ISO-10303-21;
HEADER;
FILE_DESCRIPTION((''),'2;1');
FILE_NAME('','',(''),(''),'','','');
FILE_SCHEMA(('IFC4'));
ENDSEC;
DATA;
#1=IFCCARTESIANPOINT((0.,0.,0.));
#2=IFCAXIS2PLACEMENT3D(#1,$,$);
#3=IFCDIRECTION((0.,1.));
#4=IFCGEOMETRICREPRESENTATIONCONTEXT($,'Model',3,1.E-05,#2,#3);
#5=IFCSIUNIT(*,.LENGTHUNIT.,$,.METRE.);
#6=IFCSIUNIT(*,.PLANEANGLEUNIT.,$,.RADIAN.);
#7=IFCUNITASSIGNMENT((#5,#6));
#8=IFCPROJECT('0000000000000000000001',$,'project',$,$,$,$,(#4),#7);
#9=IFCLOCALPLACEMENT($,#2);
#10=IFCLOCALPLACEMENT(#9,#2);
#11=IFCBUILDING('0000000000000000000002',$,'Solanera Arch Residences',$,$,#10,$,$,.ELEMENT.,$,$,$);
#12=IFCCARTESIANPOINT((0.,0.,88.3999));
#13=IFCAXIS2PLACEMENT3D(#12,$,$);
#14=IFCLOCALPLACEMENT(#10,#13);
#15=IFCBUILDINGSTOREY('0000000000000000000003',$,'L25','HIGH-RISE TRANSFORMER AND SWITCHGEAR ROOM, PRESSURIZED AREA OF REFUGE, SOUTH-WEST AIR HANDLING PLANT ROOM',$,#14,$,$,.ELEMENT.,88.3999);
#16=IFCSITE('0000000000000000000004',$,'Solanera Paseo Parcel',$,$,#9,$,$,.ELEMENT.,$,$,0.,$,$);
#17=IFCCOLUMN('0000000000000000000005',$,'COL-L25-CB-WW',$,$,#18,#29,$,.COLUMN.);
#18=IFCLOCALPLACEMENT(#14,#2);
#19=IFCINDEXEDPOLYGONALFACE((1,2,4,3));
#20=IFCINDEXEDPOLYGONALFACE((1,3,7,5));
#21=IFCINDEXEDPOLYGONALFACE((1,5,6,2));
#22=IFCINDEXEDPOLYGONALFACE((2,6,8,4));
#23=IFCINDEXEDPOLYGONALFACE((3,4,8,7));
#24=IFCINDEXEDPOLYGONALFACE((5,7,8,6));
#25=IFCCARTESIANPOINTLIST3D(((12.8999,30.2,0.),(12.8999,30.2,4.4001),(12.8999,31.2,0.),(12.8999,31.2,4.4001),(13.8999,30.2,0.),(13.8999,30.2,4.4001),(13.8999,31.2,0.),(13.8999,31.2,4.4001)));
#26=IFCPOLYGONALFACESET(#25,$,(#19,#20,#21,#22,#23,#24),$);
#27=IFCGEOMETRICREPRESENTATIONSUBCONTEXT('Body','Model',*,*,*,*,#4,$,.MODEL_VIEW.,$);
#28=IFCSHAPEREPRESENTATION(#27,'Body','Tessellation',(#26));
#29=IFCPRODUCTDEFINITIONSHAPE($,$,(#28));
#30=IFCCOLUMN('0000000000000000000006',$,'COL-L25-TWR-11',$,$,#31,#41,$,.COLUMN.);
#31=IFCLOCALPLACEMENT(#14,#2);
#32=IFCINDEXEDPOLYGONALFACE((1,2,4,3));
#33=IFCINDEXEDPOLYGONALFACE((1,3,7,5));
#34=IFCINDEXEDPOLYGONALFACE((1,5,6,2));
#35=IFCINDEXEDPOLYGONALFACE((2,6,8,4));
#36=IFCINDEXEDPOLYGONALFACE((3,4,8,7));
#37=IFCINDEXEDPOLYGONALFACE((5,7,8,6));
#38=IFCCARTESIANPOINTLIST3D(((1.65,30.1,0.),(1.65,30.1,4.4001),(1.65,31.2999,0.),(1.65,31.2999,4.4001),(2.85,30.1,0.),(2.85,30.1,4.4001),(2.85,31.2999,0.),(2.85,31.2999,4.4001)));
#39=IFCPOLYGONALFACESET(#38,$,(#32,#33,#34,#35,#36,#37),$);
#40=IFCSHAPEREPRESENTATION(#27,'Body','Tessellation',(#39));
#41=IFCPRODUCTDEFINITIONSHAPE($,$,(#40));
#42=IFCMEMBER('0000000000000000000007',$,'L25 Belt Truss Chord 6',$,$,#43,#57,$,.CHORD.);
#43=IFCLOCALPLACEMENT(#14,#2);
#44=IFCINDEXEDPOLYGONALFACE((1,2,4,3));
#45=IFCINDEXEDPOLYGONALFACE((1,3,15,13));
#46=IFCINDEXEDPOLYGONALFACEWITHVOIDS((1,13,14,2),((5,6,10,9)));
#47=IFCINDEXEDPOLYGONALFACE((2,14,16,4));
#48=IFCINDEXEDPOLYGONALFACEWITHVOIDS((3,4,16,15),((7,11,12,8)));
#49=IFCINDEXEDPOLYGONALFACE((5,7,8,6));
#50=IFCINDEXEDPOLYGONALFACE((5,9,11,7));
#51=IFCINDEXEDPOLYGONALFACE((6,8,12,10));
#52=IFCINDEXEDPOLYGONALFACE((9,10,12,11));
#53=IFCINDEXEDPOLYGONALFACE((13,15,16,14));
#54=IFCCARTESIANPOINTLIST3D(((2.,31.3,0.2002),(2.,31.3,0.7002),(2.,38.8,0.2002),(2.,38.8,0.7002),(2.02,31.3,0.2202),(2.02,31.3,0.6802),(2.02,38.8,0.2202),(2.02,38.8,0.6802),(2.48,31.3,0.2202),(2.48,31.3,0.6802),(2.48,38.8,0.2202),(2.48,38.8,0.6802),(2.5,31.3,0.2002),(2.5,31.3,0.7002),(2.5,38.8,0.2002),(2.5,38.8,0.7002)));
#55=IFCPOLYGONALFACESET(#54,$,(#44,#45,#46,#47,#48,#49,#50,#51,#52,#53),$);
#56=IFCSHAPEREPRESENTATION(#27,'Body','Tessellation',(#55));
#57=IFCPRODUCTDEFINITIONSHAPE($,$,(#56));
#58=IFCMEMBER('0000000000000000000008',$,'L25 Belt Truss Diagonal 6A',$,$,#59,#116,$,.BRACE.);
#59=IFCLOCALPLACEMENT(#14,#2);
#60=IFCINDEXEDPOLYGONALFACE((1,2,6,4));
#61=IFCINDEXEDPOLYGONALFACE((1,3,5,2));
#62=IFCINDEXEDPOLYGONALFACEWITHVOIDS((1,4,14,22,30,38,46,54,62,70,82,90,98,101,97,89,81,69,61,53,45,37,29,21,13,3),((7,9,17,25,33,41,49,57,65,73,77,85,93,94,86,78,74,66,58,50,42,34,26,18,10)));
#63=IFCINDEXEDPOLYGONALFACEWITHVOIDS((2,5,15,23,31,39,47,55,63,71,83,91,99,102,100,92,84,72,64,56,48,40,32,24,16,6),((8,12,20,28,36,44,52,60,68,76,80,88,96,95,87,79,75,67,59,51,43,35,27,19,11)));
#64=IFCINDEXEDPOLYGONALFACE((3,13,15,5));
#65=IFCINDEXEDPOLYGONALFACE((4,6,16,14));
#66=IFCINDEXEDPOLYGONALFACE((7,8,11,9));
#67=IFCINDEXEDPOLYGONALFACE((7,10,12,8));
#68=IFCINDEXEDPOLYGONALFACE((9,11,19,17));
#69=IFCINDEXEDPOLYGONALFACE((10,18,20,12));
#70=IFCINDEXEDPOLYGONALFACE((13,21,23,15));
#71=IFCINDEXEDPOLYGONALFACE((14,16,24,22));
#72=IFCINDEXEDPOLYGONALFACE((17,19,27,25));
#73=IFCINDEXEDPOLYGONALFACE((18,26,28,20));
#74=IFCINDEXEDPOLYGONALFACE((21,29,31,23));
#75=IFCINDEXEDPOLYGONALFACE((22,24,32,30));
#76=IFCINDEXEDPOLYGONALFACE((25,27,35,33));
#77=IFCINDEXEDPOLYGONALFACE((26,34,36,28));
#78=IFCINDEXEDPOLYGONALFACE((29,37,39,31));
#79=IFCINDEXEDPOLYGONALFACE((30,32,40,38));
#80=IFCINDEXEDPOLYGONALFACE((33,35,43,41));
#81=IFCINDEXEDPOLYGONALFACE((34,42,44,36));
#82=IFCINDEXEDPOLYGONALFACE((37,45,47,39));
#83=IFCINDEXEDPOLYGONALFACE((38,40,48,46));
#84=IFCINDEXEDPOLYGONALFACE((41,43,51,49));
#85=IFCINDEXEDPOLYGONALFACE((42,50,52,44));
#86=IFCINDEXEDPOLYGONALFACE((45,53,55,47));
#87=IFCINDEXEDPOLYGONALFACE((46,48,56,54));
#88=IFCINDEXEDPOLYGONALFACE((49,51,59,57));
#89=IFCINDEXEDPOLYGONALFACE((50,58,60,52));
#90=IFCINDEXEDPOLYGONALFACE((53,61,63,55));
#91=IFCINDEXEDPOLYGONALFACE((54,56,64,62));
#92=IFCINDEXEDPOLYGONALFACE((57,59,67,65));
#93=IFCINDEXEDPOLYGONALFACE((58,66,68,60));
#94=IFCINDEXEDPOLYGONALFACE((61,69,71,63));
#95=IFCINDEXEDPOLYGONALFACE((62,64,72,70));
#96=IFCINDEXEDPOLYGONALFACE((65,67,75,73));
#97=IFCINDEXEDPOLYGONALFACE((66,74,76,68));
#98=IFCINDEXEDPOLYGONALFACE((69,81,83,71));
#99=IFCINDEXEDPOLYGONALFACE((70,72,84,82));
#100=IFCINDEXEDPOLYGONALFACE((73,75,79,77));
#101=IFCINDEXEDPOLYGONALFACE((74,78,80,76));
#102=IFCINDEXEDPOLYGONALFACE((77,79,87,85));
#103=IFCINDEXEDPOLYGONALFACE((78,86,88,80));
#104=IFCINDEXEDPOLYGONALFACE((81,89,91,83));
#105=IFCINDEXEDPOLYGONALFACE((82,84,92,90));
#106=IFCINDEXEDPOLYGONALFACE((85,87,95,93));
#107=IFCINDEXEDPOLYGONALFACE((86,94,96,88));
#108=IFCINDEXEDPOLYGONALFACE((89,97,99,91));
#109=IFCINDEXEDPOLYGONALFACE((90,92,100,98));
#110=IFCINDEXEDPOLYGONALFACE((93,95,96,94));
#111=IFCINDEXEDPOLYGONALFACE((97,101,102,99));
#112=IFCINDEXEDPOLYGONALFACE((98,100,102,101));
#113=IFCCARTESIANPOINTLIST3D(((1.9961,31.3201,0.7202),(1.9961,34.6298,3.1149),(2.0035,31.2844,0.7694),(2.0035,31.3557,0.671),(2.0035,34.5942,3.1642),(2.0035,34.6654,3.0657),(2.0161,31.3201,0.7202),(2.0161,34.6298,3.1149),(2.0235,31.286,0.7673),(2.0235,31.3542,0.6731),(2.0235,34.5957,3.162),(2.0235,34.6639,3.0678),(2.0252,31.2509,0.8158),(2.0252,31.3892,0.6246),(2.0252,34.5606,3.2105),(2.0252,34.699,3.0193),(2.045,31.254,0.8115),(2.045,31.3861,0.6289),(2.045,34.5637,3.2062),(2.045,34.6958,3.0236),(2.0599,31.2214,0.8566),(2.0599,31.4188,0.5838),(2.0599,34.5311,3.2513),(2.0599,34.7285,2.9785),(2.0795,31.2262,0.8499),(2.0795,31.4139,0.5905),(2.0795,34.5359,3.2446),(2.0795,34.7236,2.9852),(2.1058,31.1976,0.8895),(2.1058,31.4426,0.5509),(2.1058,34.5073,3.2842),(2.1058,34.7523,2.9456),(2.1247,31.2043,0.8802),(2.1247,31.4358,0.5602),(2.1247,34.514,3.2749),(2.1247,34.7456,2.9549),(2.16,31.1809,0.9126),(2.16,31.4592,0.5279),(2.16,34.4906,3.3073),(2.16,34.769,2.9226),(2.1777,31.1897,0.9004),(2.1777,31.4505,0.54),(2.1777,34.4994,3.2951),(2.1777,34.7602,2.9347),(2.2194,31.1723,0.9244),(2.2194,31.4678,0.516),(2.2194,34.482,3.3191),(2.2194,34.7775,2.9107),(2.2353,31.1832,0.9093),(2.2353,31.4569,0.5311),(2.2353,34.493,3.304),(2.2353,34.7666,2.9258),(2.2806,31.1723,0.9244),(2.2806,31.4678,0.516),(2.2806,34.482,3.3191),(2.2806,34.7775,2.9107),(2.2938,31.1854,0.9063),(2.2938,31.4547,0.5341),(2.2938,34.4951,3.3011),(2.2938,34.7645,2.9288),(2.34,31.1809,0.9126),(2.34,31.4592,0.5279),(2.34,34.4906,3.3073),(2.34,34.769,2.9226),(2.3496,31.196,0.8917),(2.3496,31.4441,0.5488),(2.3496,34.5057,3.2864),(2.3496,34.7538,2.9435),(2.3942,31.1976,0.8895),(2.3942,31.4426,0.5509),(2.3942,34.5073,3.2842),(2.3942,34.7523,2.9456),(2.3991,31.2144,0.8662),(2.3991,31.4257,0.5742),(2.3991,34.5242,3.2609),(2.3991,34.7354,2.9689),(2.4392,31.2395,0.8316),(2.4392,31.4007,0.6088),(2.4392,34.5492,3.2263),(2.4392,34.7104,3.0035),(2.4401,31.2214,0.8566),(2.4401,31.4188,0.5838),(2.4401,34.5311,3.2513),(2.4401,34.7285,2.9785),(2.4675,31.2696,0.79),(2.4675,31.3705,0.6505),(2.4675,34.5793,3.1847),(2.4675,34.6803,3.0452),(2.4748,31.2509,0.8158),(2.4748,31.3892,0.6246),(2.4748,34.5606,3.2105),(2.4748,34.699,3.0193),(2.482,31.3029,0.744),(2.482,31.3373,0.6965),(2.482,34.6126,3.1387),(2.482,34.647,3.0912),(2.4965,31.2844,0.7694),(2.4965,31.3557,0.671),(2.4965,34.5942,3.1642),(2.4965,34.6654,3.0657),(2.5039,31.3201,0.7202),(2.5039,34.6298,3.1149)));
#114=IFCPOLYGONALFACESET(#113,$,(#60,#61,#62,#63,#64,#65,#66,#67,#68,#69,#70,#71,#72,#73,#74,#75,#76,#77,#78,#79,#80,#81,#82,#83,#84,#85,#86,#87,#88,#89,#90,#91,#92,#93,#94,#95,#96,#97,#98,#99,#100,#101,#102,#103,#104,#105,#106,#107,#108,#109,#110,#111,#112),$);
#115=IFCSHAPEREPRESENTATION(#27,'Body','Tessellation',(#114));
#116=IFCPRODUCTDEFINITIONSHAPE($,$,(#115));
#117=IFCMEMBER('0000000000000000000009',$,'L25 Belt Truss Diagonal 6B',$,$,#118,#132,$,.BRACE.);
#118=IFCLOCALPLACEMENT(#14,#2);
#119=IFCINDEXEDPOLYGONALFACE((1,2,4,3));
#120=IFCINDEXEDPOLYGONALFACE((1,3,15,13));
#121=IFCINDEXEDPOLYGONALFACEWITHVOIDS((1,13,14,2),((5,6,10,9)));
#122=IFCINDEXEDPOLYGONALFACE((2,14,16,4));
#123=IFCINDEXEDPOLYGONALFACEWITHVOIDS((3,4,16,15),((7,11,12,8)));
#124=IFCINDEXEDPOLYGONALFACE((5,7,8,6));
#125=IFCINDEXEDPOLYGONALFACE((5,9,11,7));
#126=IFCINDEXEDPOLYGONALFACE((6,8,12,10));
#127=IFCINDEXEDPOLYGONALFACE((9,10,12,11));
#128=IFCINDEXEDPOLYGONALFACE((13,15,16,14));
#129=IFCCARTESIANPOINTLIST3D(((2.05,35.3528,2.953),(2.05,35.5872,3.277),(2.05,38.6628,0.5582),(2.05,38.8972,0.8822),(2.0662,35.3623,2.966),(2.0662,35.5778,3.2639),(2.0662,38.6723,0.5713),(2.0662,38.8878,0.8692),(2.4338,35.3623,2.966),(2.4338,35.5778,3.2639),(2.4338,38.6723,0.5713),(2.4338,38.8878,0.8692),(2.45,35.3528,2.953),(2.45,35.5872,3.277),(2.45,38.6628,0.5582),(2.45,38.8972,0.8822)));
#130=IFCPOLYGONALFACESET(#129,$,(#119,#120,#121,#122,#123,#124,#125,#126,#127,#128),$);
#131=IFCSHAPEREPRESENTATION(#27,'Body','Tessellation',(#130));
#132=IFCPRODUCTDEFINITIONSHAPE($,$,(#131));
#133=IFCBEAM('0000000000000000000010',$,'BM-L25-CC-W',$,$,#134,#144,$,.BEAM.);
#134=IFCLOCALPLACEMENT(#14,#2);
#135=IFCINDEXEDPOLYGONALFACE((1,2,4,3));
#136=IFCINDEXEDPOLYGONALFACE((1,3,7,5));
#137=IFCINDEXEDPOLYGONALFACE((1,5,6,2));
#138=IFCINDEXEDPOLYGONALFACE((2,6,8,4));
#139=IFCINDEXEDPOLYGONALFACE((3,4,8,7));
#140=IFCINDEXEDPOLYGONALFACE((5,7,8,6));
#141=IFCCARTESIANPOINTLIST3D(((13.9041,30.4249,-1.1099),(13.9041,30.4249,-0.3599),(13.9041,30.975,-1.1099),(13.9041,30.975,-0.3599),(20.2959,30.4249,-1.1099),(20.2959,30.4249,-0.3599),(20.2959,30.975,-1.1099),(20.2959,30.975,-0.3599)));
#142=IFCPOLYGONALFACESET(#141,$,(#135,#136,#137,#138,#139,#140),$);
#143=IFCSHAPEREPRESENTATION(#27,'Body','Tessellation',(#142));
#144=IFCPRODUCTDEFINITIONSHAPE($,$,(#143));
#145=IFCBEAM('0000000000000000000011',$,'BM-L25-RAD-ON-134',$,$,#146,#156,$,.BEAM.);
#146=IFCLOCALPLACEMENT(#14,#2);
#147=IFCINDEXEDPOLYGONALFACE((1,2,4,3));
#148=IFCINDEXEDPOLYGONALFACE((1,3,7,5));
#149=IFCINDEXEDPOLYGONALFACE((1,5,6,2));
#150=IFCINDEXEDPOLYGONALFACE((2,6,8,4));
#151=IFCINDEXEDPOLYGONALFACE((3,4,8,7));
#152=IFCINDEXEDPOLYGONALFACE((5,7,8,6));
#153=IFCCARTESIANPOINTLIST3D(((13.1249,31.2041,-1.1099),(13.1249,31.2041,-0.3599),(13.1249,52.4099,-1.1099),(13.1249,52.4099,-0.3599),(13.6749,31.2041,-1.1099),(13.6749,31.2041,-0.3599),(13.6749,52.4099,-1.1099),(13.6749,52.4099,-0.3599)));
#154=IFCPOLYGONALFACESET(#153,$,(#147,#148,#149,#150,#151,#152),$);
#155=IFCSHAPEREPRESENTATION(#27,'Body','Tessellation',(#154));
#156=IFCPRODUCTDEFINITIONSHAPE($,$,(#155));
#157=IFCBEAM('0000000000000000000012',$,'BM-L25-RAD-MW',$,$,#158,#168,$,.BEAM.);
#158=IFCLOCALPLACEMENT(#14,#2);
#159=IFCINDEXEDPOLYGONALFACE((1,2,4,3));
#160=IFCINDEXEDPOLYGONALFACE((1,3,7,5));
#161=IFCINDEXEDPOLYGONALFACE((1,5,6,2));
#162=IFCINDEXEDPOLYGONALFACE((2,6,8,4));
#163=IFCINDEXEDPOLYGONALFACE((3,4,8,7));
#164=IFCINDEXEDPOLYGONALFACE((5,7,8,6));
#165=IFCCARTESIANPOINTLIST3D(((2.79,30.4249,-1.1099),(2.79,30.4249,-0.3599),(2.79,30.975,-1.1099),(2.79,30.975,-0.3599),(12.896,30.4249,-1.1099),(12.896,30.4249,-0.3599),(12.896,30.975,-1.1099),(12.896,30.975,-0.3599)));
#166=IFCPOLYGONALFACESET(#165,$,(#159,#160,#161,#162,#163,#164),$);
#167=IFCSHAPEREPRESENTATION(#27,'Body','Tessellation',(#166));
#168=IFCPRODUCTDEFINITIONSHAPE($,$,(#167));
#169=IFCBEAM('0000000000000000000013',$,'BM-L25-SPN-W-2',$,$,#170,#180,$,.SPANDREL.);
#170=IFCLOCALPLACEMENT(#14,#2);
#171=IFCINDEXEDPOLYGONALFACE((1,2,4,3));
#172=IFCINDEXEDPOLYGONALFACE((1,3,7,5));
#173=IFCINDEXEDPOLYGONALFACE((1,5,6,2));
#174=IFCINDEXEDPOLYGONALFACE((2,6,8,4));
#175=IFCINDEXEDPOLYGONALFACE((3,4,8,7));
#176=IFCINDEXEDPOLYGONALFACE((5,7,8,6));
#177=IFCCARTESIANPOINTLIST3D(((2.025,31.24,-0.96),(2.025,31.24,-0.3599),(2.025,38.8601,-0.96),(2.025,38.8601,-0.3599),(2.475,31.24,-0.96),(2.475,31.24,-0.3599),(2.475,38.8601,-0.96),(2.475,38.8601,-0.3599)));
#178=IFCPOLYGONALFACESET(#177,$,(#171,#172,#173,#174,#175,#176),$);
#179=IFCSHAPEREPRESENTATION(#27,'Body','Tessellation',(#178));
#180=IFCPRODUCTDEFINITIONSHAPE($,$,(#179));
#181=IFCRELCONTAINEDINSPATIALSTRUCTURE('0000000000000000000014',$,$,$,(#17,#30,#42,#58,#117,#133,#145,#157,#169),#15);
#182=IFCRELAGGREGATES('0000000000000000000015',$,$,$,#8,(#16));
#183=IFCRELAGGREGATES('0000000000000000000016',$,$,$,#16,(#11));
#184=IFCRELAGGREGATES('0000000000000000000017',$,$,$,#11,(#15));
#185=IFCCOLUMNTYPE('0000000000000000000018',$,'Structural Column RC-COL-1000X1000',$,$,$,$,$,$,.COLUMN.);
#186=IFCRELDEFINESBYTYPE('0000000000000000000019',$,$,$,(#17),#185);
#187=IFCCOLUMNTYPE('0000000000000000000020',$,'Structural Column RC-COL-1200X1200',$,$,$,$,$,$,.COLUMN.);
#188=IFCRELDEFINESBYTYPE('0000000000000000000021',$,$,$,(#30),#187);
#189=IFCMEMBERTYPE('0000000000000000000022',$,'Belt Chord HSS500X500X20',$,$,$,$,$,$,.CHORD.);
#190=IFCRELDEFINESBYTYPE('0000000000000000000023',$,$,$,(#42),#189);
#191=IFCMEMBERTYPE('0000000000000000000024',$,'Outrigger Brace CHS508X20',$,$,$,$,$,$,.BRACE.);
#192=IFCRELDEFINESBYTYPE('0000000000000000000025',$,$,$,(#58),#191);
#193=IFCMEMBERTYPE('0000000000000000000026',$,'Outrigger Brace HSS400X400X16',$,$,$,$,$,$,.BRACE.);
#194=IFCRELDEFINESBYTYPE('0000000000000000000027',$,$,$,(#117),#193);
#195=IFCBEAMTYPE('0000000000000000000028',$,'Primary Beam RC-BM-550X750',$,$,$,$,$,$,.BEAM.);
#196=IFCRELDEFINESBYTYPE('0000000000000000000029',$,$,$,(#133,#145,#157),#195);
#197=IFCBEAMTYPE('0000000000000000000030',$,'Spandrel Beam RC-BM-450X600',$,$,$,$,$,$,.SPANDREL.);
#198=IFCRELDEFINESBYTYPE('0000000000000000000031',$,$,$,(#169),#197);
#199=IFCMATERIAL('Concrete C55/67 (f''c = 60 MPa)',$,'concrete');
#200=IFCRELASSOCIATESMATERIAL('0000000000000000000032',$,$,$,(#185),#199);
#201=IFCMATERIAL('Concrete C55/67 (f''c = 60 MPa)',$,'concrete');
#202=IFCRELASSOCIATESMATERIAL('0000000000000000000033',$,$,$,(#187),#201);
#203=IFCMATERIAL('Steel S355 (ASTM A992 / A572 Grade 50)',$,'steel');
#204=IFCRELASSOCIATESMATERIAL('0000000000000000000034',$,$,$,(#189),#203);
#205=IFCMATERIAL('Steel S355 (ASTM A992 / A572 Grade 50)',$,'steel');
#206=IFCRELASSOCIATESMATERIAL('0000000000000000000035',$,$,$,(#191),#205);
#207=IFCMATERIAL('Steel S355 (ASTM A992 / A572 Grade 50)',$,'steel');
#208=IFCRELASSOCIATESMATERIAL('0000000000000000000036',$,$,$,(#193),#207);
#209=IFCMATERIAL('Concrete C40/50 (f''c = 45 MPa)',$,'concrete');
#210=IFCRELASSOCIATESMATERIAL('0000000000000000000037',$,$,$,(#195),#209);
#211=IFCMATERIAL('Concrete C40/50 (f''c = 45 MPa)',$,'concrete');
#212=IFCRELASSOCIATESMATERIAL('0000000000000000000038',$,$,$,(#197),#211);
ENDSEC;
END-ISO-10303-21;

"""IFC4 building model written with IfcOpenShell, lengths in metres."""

from ifc_helpers import new_model, si_unit, direction, frame, origin, origin_2d, place, context, subcontext, project, spatial, rectangle, hollow_rectangle, hollow_circle, extrude, material, material_profile, profile_set, type_object, element, save


model = new_model("IFC4")

# Units and contexts
model_context = context("Model", 3, precision=1e-05, world=origin(), true_north=direction((0.0, 1.0)))
body_context = subcontext(model_context, "Body", "Model", "MODEL_VIEW")
ifc_project = project(units=[si_unit("LENGTHUNIT", "METRE"), si_unit("PLANEANGLEUNIT", "RADIAN")], contexts=[model_context])

# Site, building, storey
site_placement = place(None, origin())
site = spatial("IfcSite", under=ifc_project, at=site_placement, Name="Solanera Paseo Parcel", CompositionType="ELEMENT", RefElevation=0.0)
building_placement = place(site_placement, origin())
building = spatial("IfcBuilding", under=site, at=building_placement, Name="Solanera Arch Residences", CompositionType="ELEMENT")
storey_placement = place(building_placement, frame((0.0, 0.0, 88.3999)))
storey = spatial("IfcBuildingStorey", under=building, at=storey_placement, Name="L25", Description="HIGH-RISE TRANSFORMER AND SWITCHGEAR ROOM, PRESSURIZED AREA OF REFUGE, SOUTH-WEST AIR HANDLING PLANT ROOM", CompositionType="ELEMENT", Elevation=88.3999)

# Columns
ifc_material_1 = material(Name="Concrete C55/67 (f'c = 60 MPa)", Category="concrete")
ifc_material_profile_1 = material_profile(ifc_material_1, rectangle(XDim=1.0, YDim=1.0, at=origin_2d()))
ifc_profile_set_1 = profile_set([ifc_material_profile_1], Name="Concrete C55/67 (f'c = 60 MPa)")
column_type_1 = type_object("IfcColumnType", Name="Structural Column RC-COL-1000X1000", PredefinedType="COLUMN", material=ifc_profile_set_1)
column_1_placement = place(storey_placement, frame((13.3999, 30.7, 0.0), z_axis=(0.0, 0.0, 1.0), x_axis=(1.0, 0.0, 0.0)))
element("IfcColumn", 1, at=column_1_placement, inside=storey, type_object=column_type_1, Name="COL-L25-CB-WW", PredefinedType="COLUMN", context=body_context, shape_type="SweptSolid", body=[
    extrude(rectangle(XDim=1.0, YDim=1.0, at=origin_2d()), origin(), (0.0, 0.0, 1.0), 4.4001),
])
ifc_material_2 = material(Name="Concrete C55/67 (f'c = 60 MPa)", Category="concrete")
ifc_material_profile_2 = material_profile(ifc_material_2, rectangle(XDim=1.2, YDim=1.2, at=origin_2d()))
ifc_profile_set_2 = profile_set([ifc_material_profile_2], Name="Concrete C55/67 (f'c = 60 MPa)")
column_type_2 = type_object("IfcColumnType", Name="Structural Column RC-COL-1200X1200", PredefinedType="COLUMN", material=ifc_profile_set_2)
column_2_placement = place(storey_placement, frame((2.25, 30.7, 0.0), z_axis=(0.0, 0.0, 1.0), x_axis=(1.0, 0.0, 0.0)))
element("IfcColumn", 2, at=column_2_placement, inside=storey, type_object=column_type_2, Name="COL-L25-TWR-11", PredefinedType="COLUMN", context=body_context, shape_type="SweptSolid", body=[
    extrude(rectangle(XDim=1.2, YDim=1.2, at=origin_2d()), origin(), (0.0, 0.0, 1.0), 4.4001),
])

# Members
ifc_material_3 = material(Name="Steel S355 (ASTM A992 / A572 Grade 50)", Category="steel")
ifc_material_profile_3 = material_profile(ifc_material_3, hollow_rectangle(XDim=0.5, YDim=0.5, WallThickness=0.02, at=origin_2d()))
ifc_profile_set_3 = profile_set([ifc_material_profile_3], Name="Steel S355 (ASTM A992 / A572 Grade 50)")
member_type_1 = type_object("IfcMemberType", Name="Belt Chord HSS500X500X20", PredefinedType="CHORD", material=ifc_profile_set_3)
member_1_placement = place(storey_placement, frame((2.25, 31.3, 0.4502), z_axis=(0.0, 1.0, 0.0), x_axis=(-1.0, 0.0, 0.0)))
element("IfcMember", 3, at=member_1_placement, inside=storey, type_object=member_type_1, Name="L25 Belt Truss Chord 6", PredefinedType="CHORD", context=body_context, shape_type="SweptSolid", body=[
    extrude(hollow_rectangle(XDim=0.5, YDim=0.5, WallThickness=0.02, at=origin_2d()), origin(), (0.0, 0.0, 1.0), 7.5),
])
ifc_material_4 = material(Name="Steel S355 (ASTM A992 / A572 Grade 50)", Category="steel")
ifc_material_profile_4 = material_profile(ifc_material_4, hollow_circle(Radius=0.2539, WallThickness=0.02, at=origin_2d()))
ifc_profile_set_4 = profile_set([ifc_material_profile_4], Name="Steel S355 (ASTM A992 / A572 Grade 50)")
member_type_2 = type_object("IfcMemberType", Name="Outrigger Brace CHS508X20", PredefinedType="BRACE", material=ifc_profile_set_4)
member_2_placement = place(storey_placement, frame((2.25, 31.3201, 0.7202), z_axis=(0.0, 0.810173, 0.586191), x_axis=(-1.0, 0.0, 0.0)))
element("IfcMember", 4, at=member_2_placement, inside=storey, type_object=member_type_2, Name="L25 Belt Truss Diagonal 6A", PredefinedType="BRACE", context=body_context, shape_type="SweptSolid", body=[
    extrude(hollow_circle(Radius=0.2539, WallThickness=0.02, at=origin_2d()), origin(), (0.0, 0.0, 1.0), 4.0852),
])
ifc_material_5 = material(Name="Steel S355 (ASTM A992 / A572 Grade 50)", Category="steel")
ifc_material_profile_5 = material_profile(ifc_material_5, hollow_rectangle(XDim=0.3999, YDim=0.3999, WallThickness=0.0161, at=origin_2d()))
ifc_profile_set_5 = profile_set([ifc_material_profile_5], Name="Steel S355 (ASTM A992 / A572 Grade 50)")
member_type_3 = type_object("IfcMemberType", Name="Outrigger Brace HSS400X400X16", PredefinedType="BRACE", material=ifc_profile_set_5)
member_3_placement = place(storey_placement, frame((2.25, 38.78, 0.7202), z_axis=(0.0, -0.810194, 0.586162), x_axis=(1.0, 0.0, 0.0)))
element("IfcMember", 5, at=member_3_placement, inside=storey, type_object=member_type_3, Name="L25 Belt Truss Diagonal 6B", PredefinedType="BRACE", context=body_context, shape_type="SweptSolid", body=[
    extrude(hollow_rectangle(XDim=0.3999, YDim=0.3999, WallThickness=0.0161, at=origin_2d()), origin(), (0.0, 0.0, 1.0), 4.0854),
])

# Beams
ifc_material_6 = material(Name="Concrete C40/50 (f'c = 45 MPa)", Category="concrete")
ifc_material_profile_6 = material_profile(ifc_material_6, rectangle(XDim=0.55, YDim=0.75, at=origin_2d()))
ifc_profile_set_6 = profile_set([ifc_material_profile_6], Name="Concrete C40/50 (f'c = 45 MPa)")
beam_type_1 = type_object("IfcBeamType", Name="Primary Beam RC-BM-550X750", PredefinedType="BEAM", material=ifc_profile_set_6)
beam_1_placement = place(storey_placement, frame((13.9041, 30.7, -0.7349), z_axis=(1.0, 0.0, 0.0), x_axis=(0.0, 1.0, 0.0)))
element("IfcBeam", 6, at=beam_1_placement, inside=storey, type_object=beam_type_1, Name="BM-L25-CC-W", PredefinedType="BEAM", context=body_context, shape_type="SweptSolid", body=[
    extrude(rectangle(XDim=0.55, YDim=0.75, at=origin_2d()), origin(), (0.0, 0.0, 1.0), 6.3918),
])
beam_2_placement = place(storey_placement, frame((13.3999, 31.2041, -0.7349), z_axis=(0.0, 1.0, 0.0), x_axis=(-1.0, 0.0, 0.0)))
element("IfcBeam", 7, at=beam_2_placement, inside=storey, type_object=beam_type_1, Name="BM-L25-RAD-ON-134", PredefinedType="BEAM", context=body_context, shape_type="SweptSolid", body=[
    extrude(rectangle(XDim=0.55, YDim=0.75, at=origin_2d()), origin(), (0.0, 0.0, 1.0), 21.2058),
])
beam_3_placement = place(storey_placement, frame((2.79, 30.7, -0.7349), z_axis=(1.0, 0.0, 0.0), x_axis=(0.0, 1.0, 0.0)))
element("IfcBeam", 8, at=beam_3_placement, inside=storey, type_object=beam_type_1, Name="BM-L25-RAD-MW", PredefinedType="BEAM", context=body_context, shape_type="SweptSolid", body=[
    extrude(rectangle(XDim=0.55, YDim=0.75, at=origin_2d()), origin(), (0.0, 0.0, 1.0), 10.106),
])
ifc_material_7 = material(Name="Concrete C40/50 (f'c = 45 MPa)", Category="concrete")
ifc_material_profile_7 = material_profile(ifc_material_7, rectangle(XDim=0.45, YDim=0.6001, at=origin_2d()))
ifc_profile_set_7 = profile_set([ifc_material_profile_7], Name="Concrete C40/50 (f'c = 45 MPa)")
beam_type_2 = type_object("IfcBeamType", Name="Spandrel Beam RC-BM-450X600", PredefinedType="SPANDREL", material=ifc_profile_set_7)
beam_4_placement = place(storey_placement, frame((2.25, 31.24, -0.6599), z_axis=(0.0, 1.0, 0.0), x_axis=(-1.0, 0.0, 0.0)))
element("IfcBeam", 9, at=beam_4_placement, inside=storey, type_object=beam_type_2, Name="BM-L25-SPN-W-2", PredefinedType="SPANDREL", context=body_context, shape_type="SweptSolid", body=[
    extrude(rectangle(XDim=0.45, YDim=0.6001, at=origin_2d()), origin(), (0.0, 0.0, 1.0), 7.6201),
])

save(model, "model.ifc")
